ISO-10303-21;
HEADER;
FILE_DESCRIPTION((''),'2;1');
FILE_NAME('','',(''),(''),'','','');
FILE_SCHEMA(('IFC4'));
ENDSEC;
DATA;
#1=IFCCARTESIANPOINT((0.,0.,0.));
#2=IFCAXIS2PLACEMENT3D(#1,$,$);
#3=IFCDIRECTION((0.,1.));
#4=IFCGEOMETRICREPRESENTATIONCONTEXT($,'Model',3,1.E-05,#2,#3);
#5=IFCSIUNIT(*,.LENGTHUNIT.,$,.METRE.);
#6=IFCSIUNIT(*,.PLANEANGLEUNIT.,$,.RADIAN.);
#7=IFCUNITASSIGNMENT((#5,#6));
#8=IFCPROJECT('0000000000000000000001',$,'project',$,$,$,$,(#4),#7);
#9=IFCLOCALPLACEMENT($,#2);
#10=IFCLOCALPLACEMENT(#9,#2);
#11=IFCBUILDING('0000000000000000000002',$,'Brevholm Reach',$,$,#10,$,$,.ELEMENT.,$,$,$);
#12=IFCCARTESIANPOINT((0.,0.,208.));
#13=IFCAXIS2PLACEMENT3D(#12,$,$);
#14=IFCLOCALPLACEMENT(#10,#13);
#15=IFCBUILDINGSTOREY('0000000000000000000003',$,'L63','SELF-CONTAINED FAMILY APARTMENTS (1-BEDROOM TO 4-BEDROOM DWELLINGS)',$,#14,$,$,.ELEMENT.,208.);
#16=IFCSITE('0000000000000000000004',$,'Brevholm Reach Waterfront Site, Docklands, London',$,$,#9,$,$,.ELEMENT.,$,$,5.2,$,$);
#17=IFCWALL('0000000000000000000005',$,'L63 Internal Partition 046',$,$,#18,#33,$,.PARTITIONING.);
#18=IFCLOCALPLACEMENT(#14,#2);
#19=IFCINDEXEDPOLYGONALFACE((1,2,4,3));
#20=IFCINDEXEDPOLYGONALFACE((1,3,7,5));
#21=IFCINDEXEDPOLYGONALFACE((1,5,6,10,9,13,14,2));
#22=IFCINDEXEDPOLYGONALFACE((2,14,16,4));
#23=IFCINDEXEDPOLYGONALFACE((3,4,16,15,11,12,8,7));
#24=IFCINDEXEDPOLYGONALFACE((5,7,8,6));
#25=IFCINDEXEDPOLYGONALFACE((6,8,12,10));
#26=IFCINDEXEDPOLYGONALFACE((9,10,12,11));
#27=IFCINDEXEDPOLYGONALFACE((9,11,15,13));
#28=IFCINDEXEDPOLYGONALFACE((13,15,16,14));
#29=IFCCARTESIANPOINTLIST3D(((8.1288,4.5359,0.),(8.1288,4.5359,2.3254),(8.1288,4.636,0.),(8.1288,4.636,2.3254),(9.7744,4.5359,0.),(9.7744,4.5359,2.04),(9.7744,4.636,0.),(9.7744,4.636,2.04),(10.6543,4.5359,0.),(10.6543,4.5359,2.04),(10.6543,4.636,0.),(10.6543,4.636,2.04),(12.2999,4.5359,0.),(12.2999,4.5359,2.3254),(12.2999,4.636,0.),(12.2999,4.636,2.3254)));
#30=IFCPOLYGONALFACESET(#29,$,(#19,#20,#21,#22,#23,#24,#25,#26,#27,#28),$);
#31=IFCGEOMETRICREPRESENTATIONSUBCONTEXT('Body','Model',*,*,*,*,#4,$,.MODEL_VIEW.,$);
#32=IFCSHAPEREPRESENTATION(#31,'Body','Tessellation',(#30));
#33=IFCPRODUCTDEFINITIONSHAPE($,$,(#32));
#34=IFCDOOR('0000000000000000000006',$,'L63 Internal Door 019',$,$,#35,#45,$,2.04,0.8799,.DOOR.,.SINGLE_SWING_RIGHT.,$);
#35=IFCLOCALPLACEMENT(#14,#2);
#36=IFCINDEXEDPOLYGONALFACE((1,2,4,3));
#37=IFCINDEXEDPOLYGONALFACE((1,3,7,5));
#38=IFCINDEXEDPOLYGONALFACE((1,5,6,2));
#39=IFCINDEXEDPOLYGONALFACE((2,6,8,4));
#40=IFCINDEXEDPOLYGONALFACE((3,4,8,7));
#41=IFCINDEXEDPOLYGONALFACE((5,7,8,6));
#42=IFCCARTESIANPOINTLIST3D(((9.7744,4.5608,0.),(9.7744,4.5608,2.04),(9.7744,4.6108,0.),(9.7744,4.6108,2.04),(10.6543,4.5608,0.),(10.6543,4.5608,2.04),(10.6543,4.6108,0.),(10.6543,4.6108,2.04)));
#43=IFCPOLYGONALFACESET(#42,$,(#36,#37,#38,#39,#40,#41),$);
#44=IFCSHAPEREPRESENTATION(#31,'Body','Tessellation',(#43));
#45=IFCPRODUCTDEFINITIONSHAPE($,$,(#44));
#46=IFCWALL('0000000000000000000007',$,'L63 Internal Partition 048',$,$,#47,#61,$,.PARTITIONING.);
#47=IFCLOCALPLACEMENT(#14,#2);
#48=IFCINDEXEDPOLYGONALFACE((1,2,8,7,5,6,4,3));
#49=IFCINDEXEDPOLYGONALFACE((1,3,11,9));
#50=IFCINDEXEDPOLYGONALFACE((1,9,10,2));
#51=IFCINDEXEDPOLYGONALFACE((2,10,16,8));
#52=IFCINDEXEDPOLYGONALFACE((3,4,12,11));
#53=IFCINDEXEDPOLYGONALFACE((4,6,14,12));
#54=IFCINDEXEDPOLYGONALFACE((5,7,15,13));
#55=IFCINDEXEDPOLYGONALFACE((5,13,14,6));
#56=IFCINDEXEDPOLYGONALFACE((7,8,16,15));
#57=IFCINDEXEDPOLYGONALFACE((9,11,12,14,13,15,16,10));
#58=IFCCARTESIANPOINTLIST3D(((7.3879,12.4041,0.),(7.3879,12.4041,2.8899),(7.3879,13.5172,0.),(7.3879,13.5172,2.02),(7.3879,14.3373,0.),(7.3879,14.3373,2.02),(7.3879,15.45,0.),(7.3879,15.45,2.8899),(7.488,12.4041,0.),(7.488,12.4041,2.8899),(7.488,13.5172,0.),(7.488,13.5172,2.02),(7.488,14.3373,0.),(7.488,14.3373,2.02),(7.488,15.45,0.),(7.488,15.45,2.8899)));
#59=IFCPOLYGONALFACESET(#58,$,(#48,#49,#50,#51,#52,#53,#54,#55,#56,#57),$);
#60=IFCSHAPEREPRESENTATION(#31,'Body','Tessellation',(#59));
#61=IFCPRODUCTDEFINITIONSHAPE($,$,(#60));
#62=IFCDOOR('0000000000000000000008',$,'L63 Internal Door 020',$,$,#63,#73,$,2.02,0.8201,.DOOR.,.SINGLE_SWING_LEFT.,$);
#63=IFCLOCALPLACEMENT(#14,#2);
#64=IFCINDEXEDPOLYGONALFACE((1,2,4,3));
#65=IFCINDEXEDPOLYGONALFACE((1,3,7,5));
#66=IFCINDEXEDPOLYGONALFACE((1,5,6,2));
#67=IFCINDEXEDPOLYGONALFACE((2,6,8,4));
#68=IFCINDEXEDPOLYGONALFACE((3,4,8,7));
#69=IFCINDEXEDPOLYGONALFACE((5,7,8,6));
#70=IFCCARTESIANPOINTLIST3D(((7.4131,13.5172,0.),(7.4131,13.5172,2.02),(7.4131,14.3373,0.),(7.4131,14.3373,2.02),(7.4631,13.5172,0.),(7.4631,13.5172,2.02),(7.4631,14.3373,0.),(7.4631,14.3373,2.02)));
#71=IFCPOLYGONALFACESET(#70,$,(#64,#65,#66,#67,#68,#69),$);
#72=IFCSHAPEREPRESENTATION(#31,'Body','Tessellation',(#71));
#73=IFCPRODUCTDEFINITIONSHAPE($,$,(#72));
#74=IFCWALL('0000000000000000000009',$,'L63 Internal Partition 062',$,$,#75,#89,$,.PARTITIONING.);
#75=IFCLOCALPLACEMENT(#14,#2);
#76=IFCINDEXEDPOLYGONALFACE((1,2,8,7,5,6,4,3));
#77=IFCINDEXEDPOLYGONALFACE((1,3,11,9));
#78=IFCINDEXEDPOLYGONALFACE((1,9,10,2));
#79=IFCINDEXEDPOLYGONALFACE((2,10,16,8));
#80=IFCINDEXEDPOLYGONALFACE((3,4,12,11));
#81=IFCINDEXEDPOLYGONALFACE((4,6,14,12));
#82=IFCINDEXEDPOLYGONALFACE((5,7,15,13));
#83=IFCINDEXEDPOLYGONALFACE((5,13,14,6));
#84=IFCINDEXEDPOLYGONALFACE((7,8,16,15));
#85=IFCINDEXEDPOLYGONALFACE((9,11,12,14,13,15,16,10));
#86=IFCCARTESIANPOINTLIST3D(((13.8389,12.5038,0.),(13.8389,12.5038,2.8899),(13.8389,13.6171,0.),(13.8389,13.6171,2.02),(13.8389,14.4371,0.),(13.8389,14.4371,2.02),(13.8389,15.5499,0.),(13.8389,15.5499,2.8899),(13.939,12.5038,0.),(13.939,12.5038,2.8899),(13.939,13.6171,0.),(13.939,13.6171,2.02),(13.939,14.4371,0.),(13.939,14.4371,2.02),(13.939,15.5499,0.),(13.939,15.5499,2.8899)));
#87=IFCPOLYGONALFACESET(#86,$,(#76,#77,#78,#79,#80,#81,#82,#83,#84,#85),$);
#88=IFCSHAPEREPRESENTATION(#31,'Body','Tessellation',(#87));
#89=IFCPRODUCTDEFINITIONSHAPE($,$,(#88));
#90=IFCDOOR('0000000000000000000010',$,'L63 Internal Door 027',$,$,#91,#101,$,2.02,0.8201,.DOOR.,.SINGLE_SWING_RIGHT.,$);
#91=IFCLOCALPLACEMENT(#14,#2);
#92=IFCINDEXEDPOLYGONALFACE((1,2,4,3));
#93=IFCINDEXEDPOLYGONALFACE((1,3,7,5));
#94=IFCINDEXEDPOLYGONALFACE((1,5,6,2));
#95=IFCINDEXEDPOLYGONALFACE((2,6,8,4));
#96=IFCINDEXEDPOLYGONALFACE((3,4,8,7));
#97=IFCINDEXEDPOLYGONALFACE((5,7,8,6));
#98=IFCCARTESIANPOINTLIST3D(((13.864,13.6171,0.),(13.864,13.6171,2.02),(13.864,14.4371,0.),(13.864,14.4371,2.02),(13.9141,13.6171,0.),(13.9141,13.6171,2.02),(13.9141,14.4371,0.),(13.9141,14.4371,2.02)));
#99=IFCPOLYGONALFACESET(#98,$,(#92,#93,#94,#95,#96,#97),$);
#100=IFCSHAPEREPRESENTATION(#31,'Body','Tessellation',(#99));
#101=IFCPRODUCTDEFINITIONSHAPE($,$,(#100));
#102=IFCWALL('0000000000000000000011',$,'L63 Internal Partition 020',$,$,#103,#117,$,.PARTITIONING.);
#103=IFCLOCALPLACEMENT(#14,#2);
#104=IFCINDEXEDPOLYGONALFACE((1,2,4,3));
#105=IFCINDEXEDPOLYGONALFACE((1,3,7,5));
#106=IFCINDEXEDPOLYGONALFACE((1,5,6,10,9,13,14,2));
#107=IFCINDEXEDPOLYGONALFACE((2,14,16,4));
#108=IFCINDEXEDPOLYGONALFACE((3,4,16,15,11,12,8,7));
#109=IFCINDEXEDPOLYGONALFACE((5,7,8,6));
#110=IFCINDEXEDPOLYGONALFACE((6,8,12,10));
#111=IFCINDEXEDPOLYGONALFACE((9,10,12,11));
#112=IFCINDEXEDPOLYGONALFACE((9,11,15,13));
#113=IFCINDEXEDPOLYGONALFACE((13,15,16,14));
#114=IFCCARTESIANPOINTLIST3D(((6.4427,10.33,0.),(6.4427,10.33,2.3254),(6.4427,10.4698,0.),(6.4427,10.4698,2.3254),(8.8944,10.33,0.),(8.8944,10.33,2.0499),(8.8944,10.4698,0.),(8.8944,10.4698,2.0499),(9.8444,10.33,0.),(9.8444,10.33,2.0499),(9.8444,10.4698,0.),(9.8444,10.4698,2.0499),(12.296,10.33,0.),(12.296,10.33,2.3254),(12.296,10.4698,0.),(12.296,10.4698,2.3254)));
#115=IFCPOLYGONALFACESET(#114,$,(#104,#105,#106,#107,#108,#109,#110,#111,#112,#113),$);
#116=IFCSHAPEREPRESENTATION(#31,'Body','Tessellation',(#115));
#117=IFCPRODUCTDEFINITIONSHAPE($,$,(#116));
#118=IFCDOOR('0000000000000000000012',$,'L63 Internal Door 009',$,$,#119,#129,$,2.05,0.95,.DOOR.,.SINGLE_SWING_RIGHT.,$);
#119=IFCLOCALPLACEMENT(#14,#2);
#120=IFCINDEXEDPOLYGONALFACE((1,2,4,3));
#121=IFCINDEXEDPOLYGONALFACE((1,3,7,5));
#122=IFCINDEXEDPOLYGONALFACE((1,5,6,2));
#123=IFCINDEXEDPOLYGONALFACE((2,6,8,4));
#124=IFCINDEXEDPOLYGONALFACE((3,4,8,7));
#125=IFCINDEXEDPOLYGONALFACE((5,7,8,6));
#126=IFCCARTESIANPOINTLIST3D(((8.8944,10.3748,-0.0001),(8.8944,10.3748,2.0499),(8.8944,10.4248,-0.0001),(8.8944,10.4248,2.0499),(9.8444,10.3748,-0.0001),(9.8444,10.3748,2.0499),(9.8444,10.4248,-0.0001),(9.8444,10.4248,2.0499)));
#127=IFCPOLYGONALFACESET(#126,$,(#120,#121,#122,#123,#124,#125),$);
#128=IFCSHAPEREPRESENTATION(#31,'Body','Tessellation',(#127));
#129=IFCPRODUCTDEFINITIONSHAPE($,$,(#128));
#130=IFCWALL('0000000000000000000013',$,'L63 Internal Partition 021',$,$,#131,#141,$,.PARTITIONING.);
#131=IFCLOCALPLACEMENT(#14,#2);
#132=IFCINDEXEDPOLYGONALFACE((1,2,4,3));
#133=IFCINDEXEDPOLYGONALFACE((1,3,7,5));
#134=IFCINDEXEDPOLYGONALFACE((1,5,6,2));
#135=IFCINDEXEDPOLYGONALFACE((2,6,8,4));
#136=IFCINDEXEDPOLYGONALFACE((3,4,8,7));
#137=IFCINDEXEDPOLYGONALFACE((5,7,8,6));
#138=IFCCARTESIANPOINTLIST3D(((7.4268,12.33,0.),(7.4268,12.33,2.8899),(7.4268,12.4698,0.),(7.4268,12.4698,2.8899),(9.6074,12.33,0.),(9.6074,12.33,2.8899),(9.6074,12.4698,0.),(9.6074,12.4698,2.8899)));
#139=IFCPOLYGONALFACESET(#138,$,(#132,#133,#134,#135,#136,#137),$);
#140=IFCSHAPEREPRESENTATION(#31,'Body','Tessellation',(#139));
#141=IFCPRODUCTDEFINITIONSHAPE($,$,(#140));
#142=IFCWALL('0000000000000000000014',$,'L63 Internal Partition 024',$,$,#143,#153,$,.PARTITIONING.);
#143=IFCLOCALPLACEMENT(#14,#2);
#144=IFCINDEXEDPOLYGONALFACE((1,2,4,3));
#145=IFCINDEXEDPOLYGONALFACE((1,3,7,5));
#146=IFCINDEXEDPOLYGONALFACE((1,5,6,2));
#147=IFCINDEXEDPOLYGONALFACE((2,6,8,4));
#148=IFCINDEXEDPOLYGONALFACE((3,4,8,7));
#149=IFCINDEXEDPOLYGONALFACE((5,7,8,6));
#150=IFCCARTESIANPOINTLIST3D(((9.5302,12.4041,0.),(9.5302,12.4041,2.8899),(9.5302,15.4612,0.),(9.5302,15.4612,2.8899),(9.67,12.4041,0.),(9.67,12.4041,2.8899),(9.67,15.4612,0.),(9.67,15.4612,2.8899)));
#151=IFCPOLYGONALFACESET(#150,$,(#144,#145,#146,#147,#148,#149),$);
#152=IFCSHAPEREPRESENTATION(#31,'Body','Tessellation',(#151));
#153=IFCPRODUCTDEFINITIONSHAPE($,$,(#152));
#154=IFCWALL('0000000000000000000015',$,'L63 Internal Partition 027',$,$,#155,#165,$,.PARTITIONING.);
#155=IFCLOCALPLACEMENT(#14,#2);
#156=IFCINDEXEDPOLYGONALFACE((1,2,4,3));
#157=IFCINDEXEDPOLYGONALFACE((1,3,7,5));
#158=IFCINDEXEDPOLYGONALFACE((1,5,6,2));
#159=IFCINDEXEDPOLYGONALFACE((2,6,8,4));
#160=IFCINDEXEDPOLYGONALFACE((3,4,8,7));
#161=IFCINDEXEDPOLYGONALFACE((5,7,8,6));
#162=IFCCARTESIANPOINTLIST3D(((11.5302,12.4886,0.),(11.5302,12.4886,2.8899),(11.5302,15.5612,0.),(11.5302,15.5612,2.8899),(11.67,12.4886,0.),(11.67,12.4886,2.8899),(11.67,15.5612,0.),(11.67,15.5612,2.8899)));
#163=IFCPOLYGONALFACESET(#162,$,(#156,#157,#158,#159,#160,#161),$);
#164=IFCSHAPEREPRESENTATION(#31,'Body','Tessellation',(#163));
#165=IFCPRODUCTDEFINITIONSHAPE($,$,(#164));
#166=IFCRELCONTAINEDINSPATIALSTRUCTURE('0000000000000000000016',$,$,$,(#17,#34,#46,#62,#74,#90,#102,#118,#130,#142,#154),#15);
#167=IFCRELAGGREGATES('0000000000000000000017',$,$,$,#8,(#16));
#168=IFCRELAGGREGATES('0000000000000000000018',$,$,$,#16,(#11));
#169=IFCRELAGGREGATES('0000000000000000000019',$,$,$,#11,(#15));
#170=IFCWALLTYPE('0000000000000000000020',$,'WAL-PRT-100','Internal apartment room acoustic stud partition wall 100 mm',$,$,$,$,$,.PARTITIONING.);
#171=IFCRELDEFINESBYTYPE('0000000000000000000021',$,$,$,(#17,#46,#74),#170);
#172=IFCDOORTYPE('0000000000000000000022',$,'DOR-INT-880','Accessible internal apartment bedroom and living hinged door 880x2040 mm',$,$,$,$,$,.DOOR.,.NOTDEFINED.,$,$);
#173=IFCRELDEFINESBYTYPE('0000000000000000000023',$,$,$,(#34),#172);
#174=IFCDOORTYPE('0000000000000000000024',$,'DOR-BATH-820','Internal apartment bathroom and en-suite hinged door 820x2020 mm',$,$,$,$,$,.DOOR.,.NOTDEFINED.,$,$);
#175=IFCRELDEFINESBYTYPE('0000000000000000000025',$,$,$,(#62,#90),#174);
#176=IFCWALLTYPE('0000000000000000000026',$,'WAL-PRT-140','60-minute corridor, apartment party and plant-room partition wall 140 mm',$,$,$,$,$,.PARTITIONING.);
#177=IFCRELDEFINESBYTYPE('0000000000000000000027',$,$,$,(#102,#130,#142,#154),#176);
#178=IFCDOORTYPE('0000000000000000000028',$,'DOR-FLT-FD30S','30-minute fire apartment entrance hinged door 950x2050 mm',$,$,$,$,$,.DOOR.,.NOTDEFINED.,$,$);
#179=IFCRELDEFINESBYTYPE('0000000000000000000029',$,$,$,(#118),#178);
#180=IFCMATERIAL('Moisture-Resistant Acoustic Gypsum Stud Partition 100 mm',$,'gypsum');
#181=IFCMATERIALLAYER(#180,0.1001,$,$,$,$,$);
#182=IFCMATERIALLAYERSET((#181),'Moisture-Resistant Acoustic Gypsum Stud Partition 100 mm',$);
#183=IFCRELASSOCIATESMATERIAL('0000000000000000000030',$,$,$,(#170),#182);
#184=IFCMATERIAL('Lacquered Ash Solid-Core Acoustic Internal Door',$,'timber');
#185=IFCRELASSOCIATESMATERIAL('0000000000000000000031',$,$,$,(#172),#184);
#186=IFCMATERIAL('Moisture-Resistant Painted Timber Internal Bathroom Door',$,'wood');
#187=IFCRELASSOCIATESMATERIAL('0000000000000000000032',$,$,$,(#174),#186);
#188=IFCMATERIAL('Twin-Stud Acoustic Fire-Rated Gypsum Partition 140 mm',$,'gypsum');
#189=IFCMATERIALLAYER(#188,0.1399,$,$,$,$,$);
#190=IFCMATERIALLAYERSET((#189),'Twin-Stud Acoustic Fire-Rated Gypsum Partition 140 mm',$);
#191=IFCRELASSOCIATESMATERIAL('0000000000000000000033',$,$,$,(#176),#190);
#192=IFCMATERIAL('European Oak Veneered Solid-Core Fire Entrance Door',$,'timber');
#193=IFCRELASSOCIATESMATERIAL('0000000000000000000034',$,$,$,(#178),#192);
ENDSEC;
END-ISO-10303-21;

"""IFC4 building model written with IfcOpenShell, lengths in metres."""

from ifc_helpers import new_model, si_unit, direction, frame, frame_2d, origin, place, context, subcontext, project, spatial, rectangle, extrude, material, layer, layer_set, type_object, element, fill, save


model = new_model("IFC4")

# Units and contexts
model_context = context("Model", 3, precision=1e-05, world=origin(), true_north=direction((0.0, 1.0)))
body_context = subcontext(model_context, "Body", "Model", "MODEL_VIEW")
ifc_project = project(units=[si_unit("LENGTHUNIT", "METRE"), si_unit("PLANEANGLEUNIT", "RADIAN")], contexts=[model_context])

# Site, building, storey
site_placement = place(None, origin())
site = spatial("IfcSite", under=ifc_project, at=site_placement, Name="Brevholm Reach Waterfront Site, Docklands, London", CompositionType="ELEMENT", RefElevation=5.2)
building_placement = place(site_placement, origin())
building = spatial("IfcBuilding", under=site, at=building_placement, Name="Brevholm Reach", CompositionType="ELEMENT")
storey_placement = place(building_placement, frame((0.0, 0.0, 208.0)))
storey = spatial("IfcBuildingStorey", under=building, at=storey_placement, Name="L63", Description="SELF-CONTAINED FAMILY APARTMENTS (1-BEDROOM TO 4-BEDROOM DWELLINGS)", CompositionType="ELEMENT", Elevation=208.0)

# Shared definitions
ifc_material_1 = material(Name="Moisture-Resistant Acoustic Gypsum Stud Partition 100 mm", Category="gypsum")
ifc_layer_1 = layer(ifc_material_1, 0.1001)
ifc_layer_set_1 = layer_set([ifc_layer_1], Name="Moisture-Resistant Acoustic Gypsum Stud Partition 100 mm")
wall_type_1 = type_object("IfcWallType", Name="WAL-PRT-100", Description="Internal apartment room acoustic stud partition wall 100 mm", PredefinedType="PARTITIONING", material=ifc_layer_set_1)

# Walls, openings, doors
wall_1_placement = place(storey_placement, frame((8.1289, 4.5859, 0.0), z_axis=(0.0, 0.0, 1.0), x_axis=(1.0, 0.0, 0.0)))
wall_1 = element("IfcWall", 1, at=wall_1_placement, inside=storey, type_object=wall_type_1, Name="L63 Internal Partition 046", PredefinedType="PARTITIONING", context=body_context, shape_type="SweptSolid", body=[
    extrude(rectangle(XDim=4.1711, YDim=0.1001, at=frame_2d((2.0854, 0.0))), origin(), (0.0, 0.0, 1.0), 2.3254),
])
opening_1_placement = place(wall_1_placement, frame((1.6455, 0.0, 0.0)))
opening_1 = element("IfcOpeningElement", 2, at=opening_1_placement, cuts=wall_1, PredefinedType="OPENING", context=body_context, shape_type="SweptSolid", body=[
    extrude(rectangle(XDim=0.8799, YDim=2.04, at=frame_2d((0.4399, 1.02))), frame((0.0, 0.0601, 0.0), z_axis=(0.0, -1.0, 0.0), x_axis=(1.0, 0.0, 0.0)), (0.0, 0.0, 1.0), 0.1201),
])
ifc_material_2 = material(Name="Lacquered Ash Solid-Core Acoustic Internal Door", Category="timber")
door_type_1 = type_object("IfcDoorType", Name="DOR-INT-880", Description="Accessible internal apartment bedroom and living hinged door 880x2040 mm", OperationType="NOTDEFINED", PredefinedType="DOOR", material=ifc_material_2)
door_1_placement = place(opening_1_placement, origin())
door_1 = element("IfcDoor", 3, at=door_1_placement, inside=storey, type_object=door_type_1, Name="L63 Internal Door 019", OperationType="SINGLE_SWING_RIGHT", OverallHeight=2.04, OverallWidth=0.8799, PredefinedType="DOOR", context=body_context, shape_type="SweptSolid", body=[
    extrude(rectangle(XDim=0.8799, YDim=2.04, at=frame_2d((0.4399, 1.02))), frame((0.0, 0.0249, 0.0), z_axis=(0.0, -1.0, 0.0), x_axis=(1.0, 0.0, 0.0)), (0.0, 0.0, 1.0), 0.05),
])
fill(opening_1, door_1)
wall_2_placement = place(storey_placement, frame((7.438, 12.4041, 0.0), z_axis=(0.0, 0.0, 1.0), x_axis=(0.0, 1.0, 0.0)))
wall_2 = element("IfcWall", 4, at=wall_2_placement, inside=storey, type_object=wall_type_1, Name="L63 Internal Partition 048", PredefinedType="PARTITIONING", context=body_context, shape_type="SweptSolid", body=[
    extrude(rectangle(XDim=3.0459, YDim=0.1001, at=frame_2d((1.5229, 0.0))), origin(), (0.0, 0.0, 1.0), 2.8899),
])
opening_2_placement = place(wall_2_placement, frame((1.113, 0.0, 0.0)))
opening_2 = element("IfcOpeningElement", 5, at=opening_2_placement, cuts=wall_2, PredefinedType="OPENING", context=body_context, shape_type="SweptSolid", body=[
    extrude(rectangle(XDim=0.8201, YDim=2.02, at=frame_2d((0.4102, 1.01))), frame((0.0, 0.0601, 0.0), z_axis=(0.0, -1.0, 0.0), x_axis=(1.0, 0.0, 0.0)), (0.0, 0.0, 1.0), 0.1201),
])
ifc_material_3 = material(Name="Moisture-Resistant Painted Timber Internal Bathroom Door", Category="wood")
door_type_2 = type_object("IfcDoorType", Name="DOR-BATH-820", Description="Internal apartment bathroom and en-suite hinged door 820x2020 mm", OperationType="NOTDEFINED", PredefinedType="DOOR", material=ifc_material_3)
door_2_placement = place(opening_2_placement, origin())
door_2 = element("IfcDoor", 6, at=door_2_placement, inside=storey, type_object=door_type_2, Name="L63 Internal Door 020", OperationType="SINGLE_SWING_LEFT", OverallHeight=2.02, OverallWidth=0.8201, PredefinedType="DOOR", context=body_context, shape_type="SweptSolid", body=[
    extrude(rectangle(XDim=0.8201, YDim=2.02, at=frame_2d((0.4102, 1.01))), frame((0.0, 0.0249, 0.0), z_axis=(0.0, -1.0, 0.0), x_axis=(1.0, 0.0, 0.0)), (0.0, 0.0, 1.0), 0.05),
])
fill(opening_2, door_2)
wall_3_placement = place(storey_placement, frame((13.8889, 12.5039, 0.0), z_axis=(0.0, 0.0, 1.0), x_axis=(0.0, 1.0, 0.0)))
wall_3 = element("IfcWall", 7, at=wall_3_placement, inside=storey, type_object=wall_type_1, Name="L63 Internal Partition 062", PredefinedType="PARTITIONING", context=body_context, shape_type="SweptSolid", body=[
    extrude(rectangle(XDim=3.0461, YDim=0.1001, at=frame_2d((1.5229, 0.0))), origin(), (0.0, 0.0, 1.0), 2.8899),
])
opening_3_placement = place(wall_3_placement, frame((1.113, 0.0, 0.0)))
opening_3 = element("IfcOpeningElement", 8, at=opening_3_placement, cuts=wall_3, PredefinedType="OPENING", context=body_context, shape_type="SweptSolid", body=[
    extrude(rectangle(XDim=0.8201, YDim=2.02, at=frame_2d((0.4102, 1.01))), frame((0.0, 0.0601, 0.0), z_axis=(0.0, -1.0, 0.0), x_axis=(1.0, 0.0, 0.0)), (0.0, 0.0, 1.0), 0.1201),
])
door_3_placement = place(opening_3_placement, origin())
door_3 = element("IfcDoor", 9, at=door_3_placement, inside=storey, type_object=door_type_2, Name="L63 Internal Door 027", OperationType="SINGLE_SWING_RIGHT", OverallHeight=2.02, OverallWidth=0.8201, PredefinedType="DOOR", context=body_context, shape_type="SweptSolid", body=[
    extrude(rectangle(XDim=0.8201, YDim=2.02, at=frame_2d((0.4102, 1.01))), frame((0.0, 0.0249, 0.0), z_axis=(0.0, -1.0, 0.0), x_axis=(1.0, 0.0, 0.0)), (0.0, 0.0, 1.0), 0.05),
])
fill(opening_3, door_3)
ifc_material_4 = material(Name="Twin-Stud Acoustic Fire-Rated Gypsum Partition 140 mm", Category="gypsum")
ifc_layer_2 = layer(ifc_material_4, 0.1399)
ifc_layer_set_2 = layer_set([ifc_layer_2], Name="Twin-Stud Acoustic Fire-Rated Gypsum Partition 140 mm")
wall_type_2 = type_object("IfcWallType", Name="WAL-PRT-140", Description="60-minute corridor, apartment party and plant-room partition wall 140 mm", PredefinedType="PARTITIONING", material=ifc_layer_set_2)
wall_4_placement = place(storey_placement, frame((6.4426, 10.3999, 0.0), z_axis=(0.0, 0.0, 1.0), x_axis=(1.0, 0.0, 0.0)))
wall_4 = element("IfcWall", 10, at=wall_4_placement, inside=storey, type_object=wall_type_2, Name="L63 Internal Partition 020", PredefinedType="PARTITIONING", context=body_context, shape_type="SweptSolid", body=[
    extrude(rectangle(XDim=5.8533, YDim=0.1399, at=frame_2d((2.9268, 0.0))), origin(), (0.0, 0.0, 1.0), 2.3254),
])
opening_4_placement = place(wall_4_placement, frame((2.4517, 0.0, 0.0)))
opening_4 = element("IfcOpeningElement", 11, at=opening_4_placement, cuts=wall_4, PredefinedType="OPENING", context=body_context, shape_type="SweptSolid", body=[
    extrude(rectangle(XDim=0.95, YDim=2.05, at=frame_2d((0.4751, 1.0249))), frame((0.0, 0.0798, 0.0), z_axis=(0.0, -1.0, 0.0), x_axis=(1.0, 0.0, 0.0)), (0.0, 0.0, 1.0), 0.1599),
])
ifc_material_5 = material(Name="European Oak Veneered Solid-Core Fire Entrance Door", Category="timber")
door_type_3 = type_object("IfcDoorType", Name="DOR-FLT-FD30S", Description="30-minute fire apartment entrance hinged door 950x2050 mm", OperationType="NOTDEFINED", PredefinedType="DOOR", material=ifc_material_5)
door_4_placement = place(opening_4_placement, origin())
door_4 = element("IfcDoor", 12, at=door_4_placement, inside=storey, type_object=door_type_3, Name="L63 Internal Door 009", OperationType="SINGLE_SWING_RIGHT", OverallHeight=2.05, OverallWidth=0.95, PredefinedType="DOOR", context=body_context, shape_type="SweptSolid", body=[
    extrude(rectangle(XDim=0.95, YDim=2.05, at=frame_2d((0.4751, 1.0249))), frame((0.0, 0.0249, 0.0), z_axis=(0.0, -1.0, 0.0), x_axis=(1.0, 0.0, 0.0)), (0.0, 0.0, 1.0), 0.05),
])
fill(opening_4, door_4)

# Walls
wall_5_placement = place(storey_placement, frame((7.4268, 12.3999, 0.0), z_axis=(0.0, 0.0, 1.0), x_axis=(1.0, 0.0, 0.0)))
element("IfcWall", 13, at=wall_5_placement, inside=storey, type_object=wall_type_2, Name="L63 Internal Partition 021", PredefinedType="PARTITIONING", context=body_context, shape_type="SweptSolid", body=[
    extrude(rectangle(XDim=2.1807, YDim=0.1399, at=frame_2d((1.0903, 0.0))), origin(), (0.0, 0.0, 1.0), 2.8899),
])
wall_6_placement = place(storey_placement, frame((9.6001, 12.4041, 0.0), z_axis=(0.0, 0.0, 1.0), x_axis=(0.0, 1.0, 0.0)))
element("IfcWall", 14, at=wall_6_placement, inside=storey, type_object=wall_type_2, Name="L63 Internal Partition 024", PredefinedType="PARTITIONING", context=body_context, shape_type="SweptSolid", body=[
    extrude(rectangle(XDim=3.0571, YDim=0.1399, at=frame_2d((1.5286, 0.0))), origin(), (0.0, 0.0, 1.0), 2.8899),
])
wall_7_placement = place(storey_placement, frame((11.6001, 12.4888, 0.0), z_axis=(0.0, 0.0, 1.0), x_axis=(0.0, 1.0, 0.0)))
element("IfcWall", 15, at=wall_7_placement, inside=storey, type_object=wall_type_2, Name="L63 Internal Partition 027", PredefinedType="PARTITIONING", context=body_context, shape_type="SweptSolid", body=[
    extrude(rectangle(XDim=3.0725, YDim=0.1399, at=frame_2d((1.5361, 0.0))), origin(), (0.0, 0.0, 1.0), 2.8899),
])

save(model, "model.ifc")
